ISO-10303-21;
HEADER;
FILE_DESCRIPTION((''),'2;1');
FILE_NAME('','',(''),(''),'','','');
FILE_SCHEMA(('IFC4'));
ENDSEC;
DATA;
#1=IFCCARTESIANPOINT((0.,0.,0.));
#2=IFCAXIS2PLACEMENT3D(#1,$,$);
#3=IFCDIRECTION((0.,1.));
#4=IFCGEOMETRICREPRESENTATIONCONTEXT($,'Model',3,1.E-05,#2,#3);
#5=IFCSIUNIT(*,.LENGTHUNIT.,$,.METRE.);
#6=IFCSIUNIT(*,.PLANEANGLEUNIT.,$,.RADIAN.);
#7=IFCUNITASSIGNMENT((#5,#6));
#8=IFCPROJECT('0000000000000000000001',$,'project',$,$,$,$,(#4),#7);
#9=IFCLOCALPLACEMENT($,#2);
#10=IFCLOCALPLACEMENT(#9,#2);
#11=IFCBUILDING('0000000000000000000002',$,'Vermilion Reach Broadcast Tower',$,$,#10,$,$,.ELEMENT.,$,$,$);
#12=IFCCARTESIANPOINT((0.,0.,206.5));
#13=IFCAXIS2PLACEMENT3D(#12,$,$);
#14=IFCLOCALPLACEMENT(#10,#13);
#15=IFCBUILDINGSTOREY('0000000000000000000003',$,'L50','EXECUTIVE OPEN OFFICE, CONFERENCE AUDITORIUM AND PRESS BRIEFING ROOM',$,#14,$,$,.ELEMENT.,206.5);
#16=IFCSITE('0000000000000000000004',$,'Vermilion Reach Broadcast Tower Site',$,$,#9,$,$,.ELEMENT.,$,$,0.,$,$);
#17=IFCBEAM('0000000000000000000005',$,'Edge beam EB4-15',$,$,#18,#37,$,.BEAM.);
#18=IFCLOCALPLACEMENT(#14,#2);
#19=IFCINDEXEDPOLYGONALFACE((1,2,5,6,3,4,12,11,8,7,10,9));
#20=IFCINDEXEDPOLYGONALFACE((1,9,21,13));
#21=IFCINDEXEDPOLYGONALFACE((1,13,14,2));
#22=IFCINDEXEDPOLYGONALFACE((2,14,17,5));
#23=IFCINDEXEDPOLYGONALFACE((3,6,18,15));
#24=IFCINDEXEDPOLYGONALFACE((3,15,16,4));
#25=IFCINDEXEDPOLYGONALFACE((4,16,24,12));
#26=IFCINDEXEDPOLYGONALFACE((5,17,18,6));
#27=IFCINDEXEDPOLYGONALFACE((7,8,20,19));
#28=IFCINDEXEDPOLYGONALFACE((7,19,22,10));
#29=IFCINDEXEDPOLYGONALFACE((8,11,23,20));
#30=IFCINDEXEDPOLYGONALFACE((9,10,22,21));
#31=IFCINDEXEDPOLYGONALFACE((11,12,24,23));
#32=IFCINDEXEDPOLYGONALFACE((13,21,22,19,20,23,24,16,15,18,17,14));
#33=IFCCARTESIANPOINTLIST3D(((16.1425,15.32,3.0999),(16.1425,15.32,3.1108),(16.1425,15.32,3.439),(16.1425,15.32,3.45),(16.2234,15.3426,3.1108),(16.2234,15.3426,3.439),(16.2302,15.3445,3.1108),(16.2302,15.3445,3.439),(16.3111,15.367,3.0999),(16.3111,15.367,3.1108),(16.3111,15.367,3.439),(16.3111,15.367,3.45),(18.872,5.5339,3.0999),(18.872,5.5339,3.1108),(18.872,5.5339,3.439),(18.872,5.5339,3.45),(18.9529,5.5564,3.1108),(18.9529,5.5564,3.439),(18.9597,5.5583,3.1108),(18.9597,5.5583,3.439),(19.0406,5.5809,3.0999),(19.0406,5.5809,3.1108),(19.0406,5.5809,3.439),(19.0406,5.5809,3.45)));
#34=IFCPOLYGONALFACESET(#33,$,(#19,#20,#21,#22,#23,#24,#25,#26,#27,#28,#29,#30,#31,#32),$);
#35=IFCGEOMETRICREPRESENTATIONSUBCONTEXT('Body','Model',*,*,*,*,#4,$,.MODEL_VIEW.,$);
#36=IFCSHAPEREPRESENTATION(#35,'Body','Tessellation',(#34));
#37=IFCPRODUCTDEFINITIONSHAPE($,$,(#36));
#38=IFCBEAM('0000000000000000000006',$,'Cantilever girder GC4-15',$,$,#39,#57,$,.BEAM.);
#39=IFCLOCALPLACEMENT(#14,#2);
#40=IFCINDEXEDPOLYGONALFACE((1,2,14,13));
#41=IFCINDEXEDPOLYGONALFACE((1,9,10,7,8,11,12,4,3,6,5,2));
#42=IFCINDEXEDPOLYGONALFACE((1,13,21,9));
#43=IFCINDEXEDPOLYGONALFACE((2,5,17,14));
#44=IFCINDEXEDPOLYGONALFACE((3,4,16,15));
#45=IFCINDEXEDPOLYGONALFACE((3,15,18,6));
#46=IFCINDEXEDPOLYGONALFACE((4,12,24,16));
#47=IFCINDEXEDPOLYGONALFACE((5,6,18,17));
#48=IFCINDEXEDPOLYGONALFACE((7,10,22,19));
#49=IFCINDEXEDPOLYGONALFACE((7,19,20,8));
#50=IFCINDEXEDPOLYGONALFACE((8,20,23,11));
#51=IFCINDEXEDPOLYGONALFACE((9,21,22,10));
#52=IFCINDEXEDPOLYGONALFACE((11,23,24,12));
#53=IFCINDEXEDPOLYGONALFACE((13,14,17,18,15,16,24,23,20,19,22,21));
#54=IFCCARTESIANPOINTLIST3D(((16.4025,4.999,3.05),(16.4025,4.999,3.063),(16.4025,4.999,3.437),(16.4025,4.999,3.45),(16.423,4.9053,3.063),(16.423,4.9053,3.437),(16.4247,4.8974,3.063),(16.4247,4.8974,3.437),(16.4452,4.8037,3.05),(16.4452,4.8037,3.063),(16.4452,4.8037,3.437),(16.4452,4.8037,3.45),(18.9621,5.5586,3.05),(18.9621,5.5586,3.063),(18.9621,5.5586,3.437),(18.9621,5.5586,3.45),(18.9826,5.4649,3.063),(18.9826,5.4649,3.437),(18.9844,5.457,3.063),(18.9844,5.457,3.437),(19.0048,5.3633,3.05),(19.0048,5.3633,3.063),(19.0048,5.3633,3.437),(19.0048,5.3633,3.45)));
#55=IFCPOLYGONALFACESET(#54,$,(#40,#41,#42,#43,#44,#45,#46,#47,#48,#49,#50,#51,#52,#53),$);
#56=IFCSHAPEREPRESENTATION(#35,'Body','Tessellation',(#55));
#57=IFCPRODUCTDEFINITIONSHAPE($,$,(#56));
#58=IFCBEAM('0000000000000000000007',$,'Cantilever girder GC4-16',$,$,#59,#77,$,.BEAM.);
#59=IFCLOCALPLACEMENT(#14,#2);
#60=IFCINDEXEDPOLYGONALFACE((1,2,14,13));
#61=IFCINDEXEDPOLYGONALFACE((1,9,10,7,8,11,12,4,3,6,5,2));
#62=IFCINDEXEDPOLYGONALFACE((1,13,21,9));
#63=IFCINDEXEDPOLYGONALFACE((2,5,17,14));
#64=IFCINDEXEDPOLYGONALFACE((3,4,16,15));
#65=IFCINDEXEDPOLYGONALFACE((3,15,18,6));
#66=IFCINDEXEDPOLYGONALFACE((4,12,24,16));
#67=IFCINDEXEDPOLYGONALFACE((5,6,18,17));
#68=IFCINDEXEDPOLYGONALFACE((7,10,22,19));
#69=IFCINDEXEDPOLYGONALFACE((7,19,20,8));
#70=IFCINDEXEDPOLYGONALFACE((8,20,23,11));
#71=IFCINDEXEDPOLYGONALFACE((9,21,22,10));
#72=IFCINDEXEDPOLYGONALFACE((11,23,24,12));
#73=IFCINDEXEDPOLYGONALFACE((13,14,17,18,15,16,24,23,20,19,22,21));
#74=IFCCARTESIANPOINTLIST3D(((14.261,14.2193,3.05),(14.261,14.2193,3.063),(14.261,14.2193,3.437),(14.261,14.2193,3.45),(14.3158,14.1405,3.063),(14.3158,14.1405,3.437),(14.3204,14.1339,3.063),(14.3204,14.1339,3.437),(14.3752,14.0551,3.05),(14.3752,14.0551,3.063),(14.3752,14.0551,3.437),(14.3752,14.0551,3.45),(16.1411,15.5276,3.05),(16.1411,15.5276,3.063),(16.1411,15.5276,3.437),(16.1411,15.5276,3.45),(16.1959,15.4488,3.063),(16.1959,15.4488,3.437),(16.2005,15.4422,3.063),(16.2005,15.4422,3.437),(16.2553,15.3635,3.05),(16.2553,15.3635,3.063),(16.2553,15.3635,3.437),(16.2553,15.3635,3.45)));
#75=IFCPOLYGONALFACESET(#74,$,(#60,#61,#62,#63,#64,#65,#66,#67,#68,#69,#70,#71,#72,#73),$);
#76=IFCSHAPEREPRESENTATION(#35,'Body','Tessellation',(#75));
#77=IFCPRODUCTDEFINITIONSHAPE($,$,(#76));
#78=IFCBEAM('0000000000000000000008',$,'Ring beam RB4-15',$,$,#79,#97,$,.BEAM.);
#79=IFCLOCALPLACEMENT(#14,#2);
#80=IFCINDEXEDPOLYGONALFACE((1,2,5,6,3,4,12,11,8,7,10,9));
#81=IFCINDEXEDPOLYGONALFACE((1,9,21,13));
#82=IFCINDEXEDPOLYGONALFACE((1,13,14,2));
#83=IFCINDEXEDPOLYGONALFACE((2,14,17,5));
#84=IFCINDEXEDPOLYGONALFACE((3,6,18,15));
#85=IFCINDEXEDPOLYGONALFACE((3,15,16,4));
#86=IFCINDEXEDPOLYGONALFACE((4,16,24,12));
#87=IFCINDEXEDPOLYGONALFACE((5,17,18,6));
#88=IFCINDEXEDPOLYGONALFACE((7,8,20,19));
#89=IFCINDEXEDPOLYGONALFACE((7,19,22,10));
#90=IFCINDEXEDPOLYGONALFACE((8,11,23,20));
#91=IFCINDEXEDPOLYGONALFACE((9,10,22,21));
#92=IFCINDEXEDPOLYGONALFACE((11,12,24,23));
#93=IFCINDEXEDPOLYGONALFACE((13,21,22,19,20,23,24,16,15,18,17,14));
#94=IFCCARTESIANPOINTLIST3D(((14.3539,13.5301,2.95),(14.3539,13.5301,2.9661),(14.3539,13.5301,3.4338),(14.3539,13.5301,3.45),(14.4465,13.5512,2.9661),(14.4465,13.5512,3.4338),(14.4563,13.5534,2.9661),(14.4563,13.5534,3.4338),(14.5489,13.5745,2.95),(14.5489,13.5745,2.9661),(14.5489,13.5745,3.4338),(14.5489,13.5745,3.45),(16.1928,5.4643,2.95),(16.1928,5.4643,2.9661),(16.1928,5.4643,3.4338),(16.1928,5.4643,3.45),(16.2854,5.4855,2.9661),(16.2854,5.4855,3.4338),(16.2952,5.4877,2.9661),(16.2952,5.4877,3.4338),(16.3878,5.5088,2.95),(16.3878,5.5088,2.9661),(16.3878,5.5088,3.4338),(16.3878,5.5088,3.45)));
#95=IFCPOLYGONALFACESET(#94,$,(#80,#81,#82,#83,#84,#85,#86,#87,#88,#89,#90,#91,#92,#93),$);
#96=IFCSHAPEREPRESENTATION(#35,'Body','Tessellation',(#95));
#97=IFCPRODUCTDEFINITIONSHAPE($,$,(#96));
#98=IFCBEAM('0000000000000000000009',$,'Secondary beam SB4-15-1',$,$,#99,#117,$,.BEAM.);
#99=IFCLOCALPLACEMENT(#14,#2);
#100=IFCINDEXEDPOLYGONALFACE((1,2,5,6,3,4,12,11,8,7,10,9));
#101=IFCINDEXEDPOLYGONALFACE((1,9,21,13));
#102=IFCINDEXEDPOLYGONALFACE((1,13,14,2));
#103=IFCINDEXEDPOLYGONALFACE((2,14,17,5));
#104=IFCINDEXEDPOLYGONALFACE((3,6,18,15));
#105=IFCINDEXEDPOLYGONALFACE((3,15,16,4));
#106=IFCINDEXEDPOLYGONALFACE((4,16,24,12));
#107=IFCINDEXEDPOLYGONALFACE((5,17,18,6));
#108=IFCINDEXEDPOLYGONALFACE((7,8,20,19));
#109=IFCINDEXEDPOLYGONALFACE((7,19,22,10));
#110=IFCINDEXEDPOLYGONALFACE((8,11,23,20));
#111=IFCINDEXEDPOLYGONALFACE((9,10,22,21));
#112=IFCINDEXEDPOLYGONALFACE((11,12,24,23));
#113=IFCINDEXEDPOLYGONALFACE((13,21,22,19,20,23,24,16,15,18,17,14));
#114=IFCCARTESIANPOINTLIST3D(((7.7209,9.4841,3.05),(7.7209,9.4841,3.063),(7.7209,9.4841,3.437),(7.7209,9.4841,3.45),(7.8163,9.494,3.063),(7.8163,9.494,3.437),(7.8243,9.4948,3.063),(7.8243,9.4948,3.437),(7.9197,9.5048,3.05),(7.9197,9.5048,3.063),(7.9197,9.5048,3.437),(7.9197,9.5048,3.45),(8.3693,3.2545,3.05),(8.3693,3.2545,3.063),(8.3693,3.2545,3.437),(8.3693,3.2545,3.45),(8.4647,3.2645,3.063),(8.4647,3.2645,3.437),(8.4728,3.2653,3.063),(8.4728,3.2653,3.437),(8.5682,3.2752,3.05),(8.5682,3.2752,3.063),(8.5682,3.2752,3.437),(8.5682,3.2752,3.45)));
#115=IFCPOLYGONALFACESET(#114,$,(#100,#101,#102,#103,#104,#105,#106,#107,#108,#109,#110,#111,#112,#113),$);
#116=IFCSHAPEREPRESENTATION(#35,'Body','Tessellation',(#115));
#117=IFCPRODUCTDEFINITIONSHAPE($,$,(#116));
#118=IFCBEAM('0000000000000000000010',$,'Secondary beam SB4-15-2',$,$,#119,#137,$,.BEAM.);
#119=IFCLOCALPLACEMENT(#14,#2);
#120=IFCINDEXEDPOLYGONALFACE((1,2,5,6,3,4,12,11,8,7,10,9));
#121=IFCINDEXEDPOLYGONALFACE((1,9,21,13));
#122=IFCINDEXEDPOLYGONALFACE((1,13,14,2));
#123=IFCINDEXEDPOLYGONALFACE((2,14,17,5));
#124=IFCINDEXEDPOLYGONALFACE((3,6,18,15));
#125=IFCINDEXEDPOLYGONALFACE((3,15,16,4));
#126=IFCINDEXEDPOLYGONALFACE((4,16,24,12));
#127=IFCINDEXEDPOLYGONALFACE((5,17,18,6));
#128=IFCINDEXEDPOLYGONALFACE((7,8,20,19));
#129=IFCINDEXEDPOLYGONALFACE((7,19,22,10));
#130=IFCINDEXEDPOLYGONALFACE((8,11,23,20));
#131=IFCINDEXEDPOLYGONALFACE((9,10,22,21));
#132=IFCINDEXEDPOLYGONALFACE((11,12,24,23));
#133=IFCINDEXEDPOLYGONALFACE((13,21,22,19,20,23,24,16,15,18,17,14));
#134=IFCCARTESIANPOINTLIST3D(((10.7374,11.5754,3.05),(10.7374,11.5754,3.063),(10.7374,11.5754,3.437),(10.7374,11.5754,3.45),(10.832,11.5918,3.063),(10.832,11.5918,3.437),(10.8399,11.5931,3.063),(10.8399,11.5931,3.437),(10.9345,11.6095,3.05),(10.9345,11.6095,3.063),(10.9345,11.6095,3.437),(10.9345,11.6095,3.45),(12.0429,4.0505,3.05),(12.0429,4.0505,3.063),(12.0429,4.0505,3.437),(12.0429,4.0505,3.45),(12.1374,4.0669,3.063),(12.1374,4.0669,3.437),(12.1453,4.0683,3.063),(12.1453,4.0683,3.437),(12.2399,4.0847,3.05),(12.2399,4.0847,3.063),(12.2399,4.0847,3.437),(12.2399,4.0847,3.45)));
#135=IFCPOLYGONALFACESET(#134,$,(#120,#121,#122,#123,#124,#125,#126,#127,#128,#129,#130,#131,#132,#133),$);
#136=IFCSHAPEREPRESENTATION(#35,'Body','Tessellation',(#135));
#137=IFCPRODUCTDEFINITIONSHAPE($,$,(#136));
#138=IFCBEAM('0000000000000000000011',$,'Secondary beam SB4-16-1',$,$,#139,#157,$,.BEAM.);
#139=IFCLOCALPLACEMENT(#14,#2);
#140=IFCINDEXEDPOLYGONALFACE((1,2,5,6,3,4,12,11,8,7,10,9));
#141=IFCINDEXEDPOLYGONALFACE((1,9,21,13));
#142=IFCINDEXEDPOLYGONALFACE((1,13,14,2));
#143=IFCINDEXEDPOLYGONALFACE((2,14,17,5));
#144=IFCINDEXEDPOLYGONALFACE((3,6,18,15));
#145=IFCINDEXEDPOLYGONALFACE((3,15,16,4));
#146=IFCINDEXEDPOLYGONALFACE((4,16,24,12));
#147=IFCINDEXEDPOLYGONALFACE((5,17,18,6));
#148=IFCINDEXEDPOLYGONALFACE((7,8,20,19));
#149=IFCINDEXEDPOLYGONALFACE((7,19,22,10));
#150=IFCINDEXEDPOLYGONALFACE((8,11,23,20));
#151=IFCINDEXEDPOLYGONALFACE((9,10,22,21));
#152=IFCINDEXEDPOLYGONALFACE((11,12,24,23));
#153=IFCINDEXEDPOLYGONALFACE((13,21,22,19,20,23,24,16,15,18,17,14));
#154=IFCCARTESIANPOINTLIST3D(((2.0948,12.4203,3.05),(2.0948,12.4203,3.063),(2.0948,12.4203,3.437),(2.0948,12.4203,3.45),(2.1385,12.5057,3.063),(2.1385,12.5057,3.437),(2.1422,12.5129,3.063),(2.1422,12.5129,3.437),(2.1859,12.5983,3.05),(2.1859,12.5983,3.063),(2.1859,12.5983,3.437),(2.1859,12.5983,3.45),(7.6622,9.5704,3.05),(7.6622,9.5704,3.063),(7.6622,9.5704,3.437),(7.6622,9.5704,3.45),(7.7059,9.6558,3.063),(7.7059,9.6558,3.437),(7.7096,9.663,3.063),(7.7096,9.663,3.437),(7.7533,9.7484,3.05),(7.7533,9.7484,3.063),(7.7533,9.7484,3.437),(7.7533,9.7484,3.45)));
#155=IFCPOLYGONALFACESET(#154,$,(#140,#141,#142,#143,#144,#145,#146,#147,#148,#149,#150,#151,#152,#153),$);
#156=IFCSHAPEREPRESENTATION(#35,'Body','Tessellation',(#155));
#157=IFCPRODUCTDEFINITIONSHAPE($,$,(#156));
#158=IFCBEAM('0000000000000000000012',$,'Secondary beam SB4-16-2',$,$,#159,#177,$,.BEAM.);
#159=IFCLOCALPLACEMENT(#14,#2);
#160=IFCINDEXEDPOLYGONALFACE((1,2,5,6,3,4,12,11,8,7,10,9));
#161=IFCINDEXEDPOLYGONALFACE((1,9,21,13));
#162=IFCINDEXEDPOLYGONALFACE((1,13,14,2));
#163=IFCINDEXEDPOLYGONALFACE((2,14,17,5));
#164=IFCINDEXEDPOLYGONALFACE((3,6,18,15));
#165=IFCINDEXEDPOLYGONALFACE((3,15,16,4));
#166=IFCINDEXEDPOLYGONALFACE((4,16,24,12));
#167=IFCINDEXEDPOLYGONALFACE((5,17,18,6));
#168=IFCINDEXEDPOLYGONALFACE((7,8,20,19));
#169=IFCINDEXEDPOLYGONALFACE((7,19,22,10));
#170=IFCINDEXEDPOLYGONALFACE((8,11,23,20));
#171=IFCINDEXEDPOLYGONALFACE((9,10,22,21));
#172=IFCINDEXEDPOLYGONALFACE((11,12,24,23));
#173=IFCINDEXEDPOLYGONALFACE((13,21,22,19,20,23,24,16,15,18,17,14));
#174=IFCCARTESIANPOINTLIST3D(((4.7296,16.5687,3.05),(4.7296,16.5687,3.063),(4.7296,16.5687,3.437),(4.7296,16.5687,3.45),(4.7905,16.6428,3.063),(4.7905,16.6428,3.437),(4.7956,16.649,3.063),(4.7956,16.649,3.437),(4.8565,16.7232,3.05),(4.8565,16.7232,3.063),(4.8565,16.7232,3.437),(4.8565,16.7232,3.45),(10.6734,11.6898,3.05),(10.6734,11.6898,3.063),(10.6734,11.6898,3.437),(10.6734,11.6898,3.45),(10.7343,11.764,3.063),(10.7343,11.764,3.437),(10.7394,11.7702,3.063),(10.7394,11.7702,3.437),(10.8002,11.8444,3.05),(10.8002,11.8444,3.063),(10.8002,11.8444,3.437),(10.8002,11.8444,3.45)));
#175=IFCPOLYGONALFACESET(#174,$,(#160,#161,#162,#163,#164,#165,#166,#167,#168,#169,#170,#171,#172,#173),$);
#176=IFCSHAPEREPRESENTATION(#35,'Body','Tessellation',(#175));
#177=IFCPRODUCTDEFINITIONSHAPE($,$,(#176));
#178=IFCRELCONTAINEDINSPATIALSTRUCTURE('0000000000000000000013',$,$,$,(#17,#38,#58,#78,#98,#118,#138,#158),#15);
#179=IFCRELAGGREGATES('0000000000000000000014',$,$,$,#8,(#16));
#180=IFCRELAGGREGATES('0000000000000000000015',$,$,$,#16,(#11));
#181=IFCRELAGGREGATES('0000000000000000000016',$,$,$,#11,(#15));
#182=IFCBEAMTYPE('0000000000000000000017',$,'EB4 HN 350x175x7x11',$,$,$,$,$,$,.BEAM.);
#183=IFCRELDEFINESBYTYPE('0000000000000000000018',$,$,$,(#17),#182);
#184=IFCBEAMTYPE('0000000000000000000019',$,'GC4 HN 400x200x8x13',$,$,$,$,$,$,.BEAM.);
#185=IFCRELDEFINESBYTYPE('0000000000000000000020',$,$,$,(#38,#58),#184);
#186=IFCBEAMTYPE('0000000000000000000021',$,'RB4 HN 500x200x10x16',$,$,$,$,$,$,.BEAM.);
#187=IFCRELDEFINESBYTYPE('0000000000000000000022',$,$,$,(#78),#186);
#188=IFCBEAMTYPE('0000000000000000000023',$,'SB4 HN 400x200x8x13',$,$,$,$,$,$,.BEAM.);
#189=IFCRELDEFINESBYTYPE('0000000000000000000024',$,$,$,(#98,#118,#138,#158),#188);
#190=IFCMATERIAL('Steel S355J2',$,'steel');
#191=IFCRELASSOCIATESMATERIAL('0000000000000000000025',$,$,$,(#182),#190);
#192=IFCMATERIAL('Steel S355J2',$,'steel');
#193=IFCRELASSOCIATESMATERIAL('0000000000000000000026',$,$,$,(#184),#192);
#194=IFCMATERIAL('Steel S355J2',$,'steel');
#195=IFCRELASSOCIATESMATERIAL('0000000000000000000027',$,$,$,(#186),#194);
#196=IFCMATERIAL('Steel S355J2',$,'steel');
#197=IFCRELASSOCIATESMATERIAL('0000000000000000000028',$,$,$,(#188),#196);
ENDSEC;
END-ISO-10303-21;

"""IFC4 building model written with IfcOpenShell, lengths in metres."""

from ifc_helpers import new_model, si_unit, direction, frame, origin, origin_2d, place, context, subcontext, project, spatial, i_section, extrude, material, material_profile, profile_set, type_object, element, save


model = new_model("IFC4")

# Units and contexts
model_context = context("Model", 3, precision=1e-05, world=origin(), true_north=direction((0.0, 1.0)))
body_context = subcontext(model_context, "Body", "Model", "MODEL_VIEW")
ifc_project = project(units=[si_unit("LENGTHUNIT", "METRE"), si_unit("PLANEANGLEUNIT", "RADIAN")], contexts=[model_context])

# Site, building, storey
site_placement = place(None, origin())
site = spatial("IfcSite", under=ifc_project, at=site_placement, Name="Vermilion Reach Broadcast Tower Site", CompositionType="ELEMENT", RefElevation=0.0)
building_placement = place(site_placement, origin())
building = spatial("IfcBuilding", under=site, at=building_placement, Name="Vermilion Reach Broadcast Tower", CompositionType="ELEMENT")
storey_placement = place(building_placement, frame((0.0, 0.0, 206.5)))
storey = spatial("IfcBuildingStorey", under=building, at=storey_placement, Name="L50", Description="EXECUTIVE OPEN OFFICE, CONFERENCE AUDITORIUM AND PRESS BRIEFING ROOM", CompositionType="ELEMENT", Elevation=206.5)

# Beams
ifc_material_1 = material(Name="Steel S355J2", Category="steel")
ifc_material_profile_1 = material_profile(ifc_material_1, i_section(OverallWidth=0.175, OverallDepth=0.3501, WebThickness=0.0071, FlangeThickness=0.011, at=origin_2d()), Name="S355J2 HN 350x175x7x11")
ifc_profile_set_1 = profile_set([ifc_material_profile_1], Name="Steel S355J2")
beam_type_1 = type_object("IfcBeamType", Name="EB4 HN 350x175x7x11", PredefinedType="BEAM", material=ifc_profile_set_1)
beam_1_placement = place(storey_placement, frame((18.9563, 5.5574, 3.2749), z_axis=(-0.26866, 0.963235, 0.0), x_axis=(-0.963235, -0.26866, 0.0)))
element("IfcBeam", 1, at=beam_1_placement, inside=storey, type_object=beam_type_1, Name="Edge beam EB4-15", PredefinedType="BEAM", context=body_context, shape_type="SweptSolid", body=[
    extrude(i_section(OverallWidth=0.175, OverallDepth=0.3501, WebThickness=0.0071, FlangeThickness=0.011, at=origin_2d()), origin(), (0.0, 0.0, 1.0), 10.1597),
])
ifc_material_2 = material(Name="Steel S355J2", Category="steel")
ifc_material_profile_2 = material_profile(ifc_material_2, i_section(OverallWidth=0.2, OverallDepth=0.3999, WebThickness=0.0081, FlangeThickness=0.0129, at=origin_2d()), Name="S355J2 HN 400x200x8x13")
ifc_profile_set_2 = profile_set([ifc_material_profile_2], Name="Steel S355J2")
beam_type_2 = type_object("IfcBeamType", Name="GC4 HN 400x200x8x13", PredefinedType="BEAM", material=ifc_profile_set_2)
beam_2_placement = place(storey_placement, frame((16.4238, 4.9014, 3.25), z_axis=(0.976927, 0.213575, 0.0), x_axis=(-0.213575, 0.976927, 0.0)))
element("IfcBeam", 2, at=beam_2_placement, inside=storey, type_object=beam_type_2, Name="Cantilever girder GC4-15", PredefinedType="BEAM", context=body_context, shape_type="SweptSolid", body=[
    extrude(i_section(OverallWidth=0.2, OverallDepth=0.3999, WebThickness=0.0081, FlangeThickness=0.0129, at=origin_2d()), origin(), (0.0, 0.0, 1.0), 2.6201),
])
beam_3_placement = place(storey_placement, frame((14.3181, 14.1372, 3.25), z_axis=(0.820816, 0.571193, 0.0), x_axis=(-0.571193, 0.820816, 0.0)))
element("IfcBeam", 3, at=beam_3_placement, inside=storey, type_object=beam_type_2, Name="Cantilever girder GC4-16", PredefinedType="BEAM", context=body_context, shape_type="SweptSolid", body=[
    extrude(i_section(OverallWidth=0.2, OverallDepth=0.3999, WebThickness=0.0081, FlangeThickness=0.0129, at=origin_2d()), origin(), (0.0, 0.0, 1.0), 2.2905),
])
ifc_material_3 = material(Name="Steel S355J2", Category="steel")
ifc_material_profile_3 = material_profile(ifc_material_3, i_section(OverallWidth=0.2, OverallDepth=0.5, WebThickness=0.01, FlangeThickness=0.0161, at=origin_2d()), Name="S355J2 HN 500x200x10x16")
ifc_profile_set_3 = profile_set([ifc_material_profile_3], Name="Steel S355J2")
beam_type_3 = type_object("IfcBeamType", Name="RB4 HN 500x200x10x16", PredefinedType="BEAM", material=ifc_profile_set_3)
beam_4_placement = place(storey_placement, frame((16.2903, 5.4866, 3.2), z_axis=(-0.222283, 0.974982, 0.0), x_axis=(-0.974982, -0.222283, 0.0)))
element("IfcBeam", 4, at=beam_4_placement, inside=storey, type_object=beam_type_3, Name="Ring beam RB4-15", PredefinedType="BEAM", context=body_context, shape_type="SweptSolid", body=[
    extrude(i_section(OverallWidth=0.2, OverallDepth=0.5, WebThickness=0.01, FlangeThickness=0.0161, at=origin_2d()), origin(), (0.0, 0.0, 1.0), 8.2727),
])
ifc_material_4 = material(Name="Steel S355J2", Category="steel")
ifc_material_profile_4 = material_profile(ifc_material_4, i_section(OverallWidth=0.2, OverallDepth=0.3999, WebThickness=0.0081, FlangeThickness=0.0129, at=origin_2d()), Name="S355J2 HN 400x200x8x13")
ifc_profile_set_4 = profile_set([ifc_material_profile_4], Name="Steel S355J2")
beam_type_4 = type_object("IfcBeamType", Name="SB4 HN 400x200x8x13", PredefinedType="BEAM", material=ifc_profile_set_4)
beam_5_placement = place(storey_placement, frame((8.4688, 3.2649, 3.25), z_axis=(-0.103532, 0.994626, 0.0), x_axis=(-0.994626, -0.103532, 0.0)))
element("IfcBeam", 5, at=beam_5_placement, inside=storey, type_object=beam_type_4, Name="Secondary beam SB4-15-1", PredefinedType="BEAM", context=body_context, shape_type="SweptSolid", body=[
    extrude(i_section(OverallWidth=0.2, OverallDepth=0.3999, WebThickness=0.0081, FlangeThickness=0.0129, at=origin_2d()), origin(), (0.0, 0.0, 1.0), 6.2632),
])
beam_6_placement = place(storey_placement, frame((12.1414, 4.0676, 3.25), z_axis=(-0.170927, 0.985284, 0.0), x_axis=(-0.985284, -0.170927, 0.0)))
element("IfcBeam", 6, at=beam_6_placement, inside=storey, type_object=beam_type_4, Name="Secondary beam SB4-15-2", PredefinedType="BEAM", context=body_context, shape_type="SweptSolid", body=[
    extrude(i_section(OverallWidth=0.2, OverallDepth=0.3999, WebThickness=0.0081, FlangeThickness=0.0129, at=origin_2d()), origin(), (0.0, 0.0, 1.0), 7.6372),
])
beam_7_placement = place(storey_placement, frame((7.7078, 9.6594, 3.25), z_axis=(-0.890156, 0.455656, 0.0), x_axis=(-0.455656, -0.890156, 0.0)))
element("IfcBeam", 7, at=beam_7_placement, inside=storey, type_object=beam_type_4, Name="Secondary beam SB4-16-1", PredefinedType="BEAM", context=body_context, shape_type="SweptSolid", body=[
    extrude(i_section(OverallWidth=0.2, OverallDepth=0.3999, WebThickness=0.0081, FlangeThickness=0.0129, at=origin_2d()), origin(), (0.0, 0.0, 1.0), 6.2544),
])
beam_8_placement = place(storey_placement, frame((10.7368, 11.7671, 3.25), z_axis=(-0.772952, 0.634465, 0.0), x_axis=(-0.634465, -0.772952, 0.0)))
element("IfcBeam", 8, at=beam_8_placement, inside=storey, type_object=beam_type_4, Name="Secondary beam SB4-16-2", PredefinedType="BEAM", context=body_context, shape_type="SweptSolid", body=[
    extrude(i_section(OverallWidth=0.2, OverallDepth=0.3999, WebThickness=0.0081, FlangeThickness=0.0129, at=origin_2d()), origin(), (0.0, 0.0, 1.0), 7.6897),
])

save(model, "model.ifc")
